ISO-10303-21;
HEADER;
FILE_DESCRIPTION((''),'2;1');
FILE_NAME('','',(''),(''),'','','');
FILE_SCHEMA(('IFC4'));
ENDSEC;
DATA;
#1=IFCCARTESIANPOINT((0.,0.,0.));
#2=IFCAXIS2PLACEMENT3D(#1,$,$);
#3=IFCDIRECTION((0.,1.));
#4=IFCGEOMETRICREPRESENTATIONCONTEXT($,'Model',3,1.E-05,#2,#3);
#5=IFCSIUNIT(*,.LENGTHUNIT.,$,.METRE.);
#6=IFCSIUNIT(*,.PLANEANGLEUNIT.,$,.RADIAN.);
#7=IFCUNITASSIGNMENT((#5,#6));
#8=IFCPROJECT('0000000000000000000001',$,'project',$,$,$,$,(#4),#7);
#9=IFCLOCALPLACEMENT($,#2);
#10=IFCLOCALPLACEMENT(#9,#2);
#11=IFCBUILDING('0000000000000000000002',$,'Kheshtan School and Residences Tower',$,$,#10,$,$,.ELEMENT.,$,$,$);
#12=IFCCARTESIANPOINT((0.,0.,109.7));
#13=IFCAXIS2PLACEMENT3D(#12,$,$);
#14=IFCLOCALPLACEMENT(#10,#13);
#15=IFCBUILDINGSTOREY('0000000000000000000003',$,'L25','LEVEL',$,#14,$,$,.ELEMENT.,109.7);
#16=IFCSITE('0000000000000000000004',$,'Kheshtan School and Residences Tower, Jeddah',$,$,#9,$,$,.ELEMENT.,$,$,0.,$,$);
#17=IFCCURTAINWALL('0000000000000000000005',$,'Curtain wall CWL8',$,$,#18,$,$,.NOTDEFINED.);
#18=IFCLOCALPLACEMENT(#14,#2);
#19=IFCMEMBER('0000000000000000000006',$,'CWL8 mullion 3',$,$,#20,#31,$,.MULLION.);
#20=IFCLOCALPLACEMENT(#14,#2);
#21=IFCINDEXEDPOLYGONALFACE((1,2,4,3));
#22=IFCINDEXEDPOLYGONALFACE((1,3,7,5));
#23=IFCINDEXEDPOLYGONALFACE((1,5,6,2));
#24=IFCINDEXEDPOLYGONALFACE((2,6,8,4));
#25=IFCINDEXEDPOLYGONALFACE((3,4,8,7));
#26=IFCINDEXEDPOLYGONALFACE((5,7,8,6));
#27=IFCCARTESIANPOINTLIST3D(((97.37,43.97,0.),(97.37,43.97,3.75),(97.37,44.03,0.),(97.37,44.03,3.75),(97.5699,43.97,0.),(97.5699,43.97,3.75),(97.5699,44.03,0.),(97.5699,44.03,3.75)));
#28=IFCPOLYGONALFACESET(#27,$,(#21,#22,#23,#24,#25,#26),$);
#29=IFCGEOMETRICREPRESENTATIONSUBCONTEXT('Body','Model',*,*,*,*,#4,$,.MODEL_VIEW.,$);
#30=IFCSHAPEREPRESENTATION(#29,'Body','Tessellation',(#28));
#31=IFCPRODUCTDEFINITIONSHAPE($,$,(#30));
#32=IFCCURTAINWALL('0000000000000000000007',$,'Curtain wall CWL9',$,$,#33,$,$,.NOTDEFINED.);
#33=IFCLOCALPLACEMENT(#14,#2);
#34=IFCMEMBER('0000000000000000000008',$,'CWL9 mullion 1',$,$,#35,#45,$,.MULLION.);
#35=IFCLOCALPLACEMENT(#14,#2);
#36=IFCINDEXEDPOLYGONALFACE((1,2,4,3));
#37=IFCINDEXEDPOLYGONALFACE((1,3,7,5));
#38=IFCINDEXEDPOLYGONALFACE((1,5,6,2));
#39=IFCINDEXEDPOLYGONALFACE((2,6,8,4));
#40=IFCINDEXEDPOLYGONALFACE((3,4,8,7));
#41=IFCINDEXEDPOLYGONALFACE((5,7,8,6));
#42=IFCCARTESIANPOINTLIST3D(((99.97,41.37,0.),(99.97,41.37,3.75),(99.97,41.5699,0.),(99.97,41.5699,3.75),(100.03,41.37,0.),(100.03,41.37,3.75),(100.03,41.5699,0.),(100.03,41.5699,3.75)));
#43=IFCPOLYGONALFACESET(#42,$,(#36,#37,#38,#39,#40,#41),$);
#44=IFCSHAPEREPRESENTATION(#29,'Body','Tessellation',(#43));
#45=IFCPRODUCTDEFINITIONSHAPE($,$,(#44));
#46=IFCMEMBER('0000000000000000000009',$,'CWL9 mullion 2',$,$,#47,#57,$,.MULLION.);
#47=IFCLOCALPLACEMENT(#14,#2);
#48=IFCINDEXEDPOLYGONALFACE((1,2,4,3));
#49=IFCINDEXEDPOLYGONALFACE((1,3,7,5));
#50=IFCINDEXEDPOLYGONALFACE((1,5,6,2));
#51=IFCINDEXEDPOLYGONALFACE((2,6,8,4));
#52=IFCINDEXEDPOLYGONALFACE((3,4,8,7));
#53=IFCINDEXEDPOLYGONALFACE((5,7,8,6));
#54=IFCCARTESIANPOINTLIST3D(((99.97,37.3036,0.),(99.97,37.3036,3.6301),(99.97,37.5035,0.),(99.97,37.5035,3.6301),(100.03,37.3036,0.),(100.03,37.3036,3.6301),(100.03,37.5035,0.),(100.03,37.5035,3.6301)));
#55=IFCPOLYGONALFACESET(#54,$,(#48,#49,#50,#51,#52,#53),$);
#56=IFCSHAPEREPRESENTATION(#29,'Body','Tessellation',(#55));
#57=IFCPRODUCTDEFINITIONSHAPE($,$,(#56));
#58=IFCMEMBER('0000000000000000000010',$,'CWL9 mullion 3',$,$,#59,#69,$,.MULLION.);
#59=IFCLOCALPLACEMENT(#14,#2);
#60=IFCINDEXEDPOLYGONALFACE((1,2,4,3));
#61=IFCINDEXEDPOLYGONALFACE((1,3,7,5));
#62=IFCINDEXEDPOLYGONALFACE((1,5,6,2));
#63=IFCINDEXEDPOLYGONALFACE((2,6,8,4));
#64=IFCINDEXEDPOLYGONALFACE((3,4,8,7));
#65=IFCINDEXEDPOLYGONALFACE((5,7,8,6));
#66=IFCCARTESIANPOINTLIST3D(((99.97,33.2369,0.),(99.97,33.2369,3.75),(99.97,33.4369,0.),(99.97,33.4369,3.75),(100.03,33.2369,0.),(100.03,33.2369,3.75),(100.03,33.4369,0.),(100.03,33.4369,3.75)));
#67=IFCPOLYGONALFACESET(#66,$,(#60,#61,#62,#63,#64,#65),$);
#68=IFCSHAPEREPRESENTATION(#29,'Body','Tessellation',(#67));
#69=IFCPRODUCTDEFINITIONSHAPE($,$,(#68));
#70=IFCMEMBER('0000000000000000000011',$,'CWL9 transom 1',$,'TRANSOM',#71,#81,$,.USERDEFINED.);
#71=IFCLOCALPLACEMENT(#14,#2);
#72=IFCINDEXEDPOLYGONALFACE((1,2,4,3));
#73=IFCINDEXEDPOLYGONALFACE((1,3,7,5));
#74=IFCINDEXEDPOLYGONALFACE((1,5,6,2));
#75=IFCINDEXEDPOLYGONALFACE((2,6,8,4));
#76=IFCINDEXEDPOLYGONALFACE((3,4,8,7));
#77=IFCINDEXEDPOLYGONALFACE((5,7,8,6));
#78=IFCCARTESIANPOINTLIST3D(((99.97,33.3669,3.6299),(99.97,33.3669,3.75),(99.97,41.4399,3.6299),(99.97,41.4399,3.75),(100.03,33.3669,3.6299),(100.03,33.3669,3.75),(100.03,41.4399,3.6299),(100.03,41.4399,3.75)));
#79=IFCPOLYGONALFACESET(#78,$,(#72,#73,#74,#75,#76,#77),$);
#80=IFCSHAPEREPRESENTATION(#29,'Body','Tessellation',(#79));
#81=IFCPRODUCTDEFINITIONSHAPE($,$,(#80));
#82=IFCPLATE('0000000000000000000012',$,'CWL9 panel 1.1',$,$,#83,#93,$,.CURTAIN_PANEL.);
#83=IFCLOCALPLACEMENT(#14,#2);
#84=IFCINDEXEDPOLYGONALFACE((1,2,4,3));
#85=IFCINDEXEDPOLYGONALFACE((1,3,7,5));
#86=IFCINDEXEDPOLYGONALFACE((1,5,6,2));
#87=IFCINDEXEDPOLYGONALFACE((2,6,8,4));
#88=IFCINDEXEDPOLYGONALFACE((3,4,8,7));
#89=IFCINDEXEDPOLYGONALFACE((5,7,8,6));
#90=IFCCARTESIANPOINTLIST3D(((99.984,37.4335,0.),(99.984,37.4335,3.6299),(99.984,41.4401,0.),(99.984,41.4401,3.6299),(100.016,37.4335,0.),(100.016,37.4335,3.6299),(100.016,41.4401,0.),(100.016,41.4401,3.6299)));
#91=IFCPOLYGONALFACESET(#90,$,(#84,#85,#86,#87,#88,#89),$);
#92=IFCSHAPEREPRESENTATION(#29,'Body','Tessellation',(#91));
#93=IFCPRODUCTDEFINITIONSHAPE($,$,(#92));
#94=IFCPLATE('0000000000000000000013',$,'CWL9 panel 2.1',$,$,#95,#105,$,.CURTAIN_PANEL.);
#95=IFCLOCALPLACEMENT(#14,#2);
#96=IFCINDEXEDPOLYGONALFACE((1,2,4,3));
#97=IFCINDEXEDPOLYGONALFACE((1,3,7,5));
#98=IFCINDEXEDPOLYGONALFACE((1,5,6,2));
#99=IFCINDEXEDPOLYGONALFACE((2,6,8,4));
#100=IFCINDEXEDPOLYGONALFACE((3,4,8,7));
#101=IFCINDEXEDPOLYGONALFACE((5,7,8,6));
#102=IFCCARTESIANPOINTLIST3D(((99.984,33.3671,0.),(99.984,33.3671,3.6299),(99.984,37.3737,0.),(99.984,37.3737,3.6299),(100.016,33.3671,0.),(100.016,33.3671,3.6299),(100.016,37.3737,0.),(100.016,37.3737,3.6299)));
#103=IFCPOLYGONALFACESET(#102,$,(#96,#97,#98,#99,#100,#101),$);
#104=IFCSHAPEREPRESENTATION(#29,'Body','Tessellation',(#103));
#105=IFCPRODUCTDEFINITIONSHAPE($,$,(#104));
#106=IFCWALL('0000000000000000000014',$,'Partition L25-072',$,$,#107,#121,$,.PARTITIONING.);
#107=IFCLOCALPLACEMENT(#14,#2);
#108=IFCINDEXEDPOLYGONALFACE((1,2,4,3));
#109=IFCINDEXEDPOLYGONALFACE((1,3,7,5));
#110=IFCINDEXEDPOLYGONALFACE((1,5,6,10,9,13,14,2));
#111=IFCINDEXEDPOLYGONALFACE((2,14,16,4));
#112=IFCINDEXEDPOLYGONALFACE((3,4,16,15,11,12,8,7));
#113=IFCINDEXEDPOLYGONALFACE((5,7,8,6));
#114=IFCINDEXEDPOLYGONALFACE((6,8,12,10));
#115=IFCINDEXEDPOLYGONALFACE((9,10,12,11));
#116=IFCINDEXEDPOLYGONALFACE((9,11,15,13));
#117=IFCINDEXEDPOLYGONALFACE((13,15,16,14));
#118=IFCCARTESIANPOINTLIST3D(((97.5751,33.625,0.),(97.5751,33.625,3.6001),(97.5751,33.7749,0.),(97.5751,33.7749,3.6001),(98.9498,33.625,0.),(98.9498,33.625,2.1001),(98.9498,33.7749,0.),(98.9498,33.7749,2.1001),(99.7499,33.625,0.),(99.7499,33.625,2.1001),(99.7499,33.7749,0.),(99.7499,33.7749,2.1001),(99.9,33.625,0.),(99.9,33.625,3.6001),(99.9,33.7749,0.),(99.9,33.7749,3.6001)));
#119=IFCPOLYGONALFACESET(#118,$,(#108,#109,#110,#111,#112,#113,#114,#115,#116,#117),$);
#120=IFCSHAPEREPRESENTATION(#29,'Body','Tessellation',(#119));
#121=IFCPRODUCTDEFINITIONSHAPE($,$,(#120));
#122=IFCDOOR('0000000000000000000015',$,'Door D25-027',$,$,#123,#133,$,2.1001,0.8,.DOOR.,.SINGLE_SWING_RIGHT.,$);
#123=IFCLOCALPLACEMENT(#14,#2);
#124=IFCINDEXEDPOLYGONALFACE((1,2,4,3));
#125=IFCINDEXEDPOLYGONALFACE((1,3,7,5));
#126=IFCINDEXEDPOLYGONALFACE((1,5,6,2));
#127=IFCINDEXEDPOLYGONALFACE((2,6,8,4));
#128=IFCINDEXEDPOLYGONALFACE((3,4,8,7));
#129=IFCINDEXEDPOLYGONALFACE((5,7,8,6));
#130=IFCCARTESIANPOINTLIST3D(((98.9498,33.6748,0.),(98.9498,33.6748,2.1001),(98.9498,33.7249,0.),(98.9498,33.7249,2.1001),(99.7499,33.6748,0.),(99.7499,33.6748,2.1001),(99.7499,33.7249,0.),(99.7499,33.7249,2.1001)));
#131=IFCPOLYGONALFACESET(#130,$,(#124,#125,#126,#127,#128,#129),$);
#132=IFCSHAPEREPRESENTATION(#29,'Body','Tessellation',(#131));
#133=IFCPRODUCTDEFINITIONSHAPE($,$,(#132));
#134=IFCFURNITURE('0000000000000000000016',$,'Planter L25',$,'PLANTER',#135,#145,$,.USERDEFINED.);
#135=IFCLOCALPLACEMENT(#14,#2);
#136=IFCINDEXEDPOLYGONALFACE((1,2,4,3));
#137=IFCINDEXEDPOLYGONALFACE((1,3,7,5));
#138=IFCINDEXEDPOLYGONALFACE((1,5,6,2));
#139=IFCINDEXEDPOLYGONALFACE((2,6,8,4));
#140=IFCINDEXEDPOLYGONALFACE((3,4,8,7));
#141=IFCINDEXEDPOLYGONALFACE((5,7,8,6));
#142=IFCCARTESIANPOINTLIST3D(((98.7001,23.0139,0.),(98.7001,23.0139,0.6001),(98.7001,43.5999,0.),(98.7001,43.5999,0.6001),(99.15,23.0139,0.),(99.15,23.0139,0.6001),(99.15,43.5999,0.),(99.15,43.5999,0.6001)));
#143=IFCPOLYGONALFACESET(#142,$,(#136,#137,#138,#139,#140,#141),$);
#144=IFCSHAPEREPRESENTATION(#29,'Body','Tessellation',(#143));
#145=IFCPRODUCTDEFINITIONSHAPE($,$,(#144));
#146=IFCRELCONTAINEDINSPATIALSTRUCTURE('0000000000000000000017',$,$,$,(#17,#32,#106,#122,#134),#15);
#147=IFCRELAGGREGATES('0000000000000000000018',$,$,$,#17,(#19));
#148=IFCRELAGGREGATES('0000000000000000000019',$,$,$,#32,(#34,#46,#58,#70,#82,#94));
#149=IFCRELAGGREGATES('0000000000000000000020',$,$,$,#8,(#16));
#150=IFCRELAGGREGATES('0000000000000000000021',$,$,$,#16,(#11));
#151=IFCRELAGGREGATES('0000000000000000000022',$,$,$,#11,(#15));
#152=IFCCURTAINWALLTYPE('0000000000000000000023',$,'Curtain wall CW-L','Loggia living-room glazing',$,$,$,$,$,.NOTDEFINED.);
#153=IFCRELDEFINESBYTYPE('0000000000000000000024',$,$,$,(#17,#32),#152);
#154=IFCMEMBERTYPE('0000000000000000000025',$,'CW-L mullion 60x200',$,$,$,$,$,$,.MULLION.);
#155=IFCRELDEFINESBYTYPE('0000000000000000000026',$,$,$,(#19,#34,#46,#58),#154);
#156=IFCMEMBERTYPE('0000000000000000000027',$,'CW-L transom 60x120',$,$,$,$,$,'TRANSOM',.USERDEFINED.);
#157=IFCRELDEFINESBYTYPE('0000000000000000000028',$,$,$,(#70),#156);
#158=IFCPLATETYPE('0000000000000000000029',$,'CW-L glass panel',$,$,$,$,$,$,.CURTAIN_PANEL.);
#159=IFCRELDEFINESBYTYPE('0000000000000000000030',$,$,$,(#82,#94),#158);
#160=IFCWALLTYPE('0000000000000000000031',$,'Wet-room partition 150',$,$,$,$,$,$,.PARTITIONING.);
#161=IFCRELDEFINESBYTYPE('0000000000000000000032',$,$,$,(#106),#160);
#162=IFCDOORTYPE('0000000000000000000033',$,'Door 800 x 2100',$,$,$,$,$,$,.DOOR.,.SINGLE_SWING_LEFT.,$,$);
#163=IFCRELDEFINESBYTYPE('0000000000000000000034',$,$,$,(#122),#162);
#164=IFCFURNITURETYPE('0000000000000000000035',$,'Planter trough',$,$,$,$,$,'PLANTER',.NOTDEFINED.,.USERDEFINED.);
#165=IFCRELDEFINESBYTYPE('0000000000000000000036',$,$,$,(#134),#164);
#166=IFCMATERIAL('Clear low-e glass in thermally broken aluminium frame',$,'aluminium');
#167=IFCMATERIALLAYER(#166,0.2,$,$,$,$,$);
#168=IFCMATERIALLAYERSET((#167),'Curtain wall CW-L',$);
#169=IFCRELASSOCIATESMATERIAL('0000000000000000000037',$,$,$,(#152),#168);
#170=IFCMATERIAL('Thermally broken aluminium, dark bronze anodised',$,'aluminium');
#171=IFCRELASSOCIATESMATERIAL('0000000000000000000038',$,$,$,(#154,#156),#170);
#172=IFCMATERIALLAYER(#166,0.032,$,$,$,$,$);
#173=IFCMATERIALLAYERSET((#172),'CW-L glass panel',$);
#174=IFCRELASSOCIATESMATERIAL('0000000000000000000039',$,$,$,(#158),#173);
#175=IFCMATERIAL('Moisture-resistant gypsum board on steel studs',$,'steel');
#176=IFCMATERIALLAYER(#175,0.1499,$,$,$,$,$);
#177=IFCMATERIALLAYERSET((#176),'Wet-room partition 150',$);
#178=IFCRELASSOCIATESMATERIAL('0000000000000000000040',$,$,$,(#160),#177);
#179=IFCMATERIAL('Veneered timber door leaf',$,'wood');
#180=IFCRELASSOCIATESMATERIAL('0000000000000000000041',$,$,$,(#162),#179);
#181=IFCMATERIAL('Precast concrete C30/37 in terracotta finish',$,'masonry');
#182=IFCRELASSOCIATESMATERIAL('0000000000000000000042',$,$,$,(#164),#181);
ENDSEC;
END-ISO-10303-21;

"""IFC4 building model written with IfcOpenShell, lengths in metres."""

from ifc_helpers import new_model, si_unit, direction, frame, frame_2d, origin, origin_2d, place, context, subcontext, project, spatial, rectangle, extrude, source, transform, mapped, material, layer, layer_set, material_profile, profile_set, type_object, element, fill, aggregate, save


model = new_model("IFC4")

# Units and contexts
model_context = context("Model", 3, precision=1e-05, world=origin(), true_north=direction((0.0, 1.0)))
body_context = subcontext(model_context, "Body", "Model", "MODEL_VIEW")
ifc_project = project(units=[si_unit("LENGTHUNIT", "METRE"), si_unit("PLANEANGLEUNIT", "RADIAN")], contexts=[model_context])

# Site, building, storey
site_placement = place(None, origin())
site = spatial("IfcSite", under=ifc_project, at=site_placement, Name="Kheshtan School and Residences Tower, Jeddah", CompositionType="ELEMENT", RefElevation=0.0)
building_placement = place(site_placement, origin())
building = spatial("IfcBuilding", under=site, at=building_placement, Name="Kheshtan School and Residences Tower", CompositionType="ELEMENT")
storey_placement = place(building_placement, frame((0.0, 0.0, 109.7)))
storey = spatial("IfcBuildingStorey", under=building, at=storey_placement, Name="L25", Description="LEVEL", CompositionType="ELEMENT", Elevation=109.7)

# Curtain wall, member
ifc_material_1 = material(Name="Clear low-e glass in thermally broken aluminium frame", Category="aluminium")
ifc_layer_1 = layer(ifc_material_1, 0.2)
ifc_layer_set_1 = layer_set([ifc_layer_1], Name="Curtain wall CW-L")
curtain_wall_type = type_object("IfcCurtainWallType", Name="Curtain wall CW-L", Description="Loggia living-room glazing", PredefinedType="NOTDEFINED", material=ifc_layer_set_1)
curtain_wall_1_placement = place(storey_placement, origin())
curtain_wall_1 = element("IfcCurtainWall", 1, at=curtain_wall_1_placement, inside=storey, type_object=curtain_wall_type, Name="Curtain wall CWL8", PredefinedType="NOTDEFINED")
ifc_material_2 = material(Name="Thermally broken aluminium, dark bronze anodised", Category="aluminium")
ifc_material_profile_1 = material_profile(ifc_material_2, rectangle(XDim=0.0601, YDim=0.2, at=origin_2d()), Name="CW-L mullion 60x200")
ifc_profile_set_1 = profile_set([ifc_material_profile_1], Name="Thermally broken aluminium, dark bronze anodised")
member_type_1 = type_object("IfcMemberType", Name="CW-L mullion 60x200", PredefinedType="MULLION", material=ifc_profile_set_1)
member_1_placement = place(storey_placement, frame((97.47, 44.0, 0.0), z_axis=(0.0, 0.0, 1.0), x_axis=(0.0, 1.0, 0.0)))
member_1 = element("IfcMember", 2, at=member_1_placement, type_object=member_type_1, Name="CWL8 mullion 3", PredefinedType="MULLION", context=body_context, shape_type="SweptSolid", body=[
    extrude(rectangle(XDim=0.0601, YDim=0.2, at=origin_2d()), origin(), (0.0, 0.0, 1.0), 3.75),
])
aggregate(curtain_wall_1, [member_1])

# Curtain wall, members, plates
curtain_wall_2_placement = place(storey_placement, origin())
curtain_wall_2 = element("IfcCurtainWall", 3, at=curtain_wall_2_placement, inside=storey, type_object=curtain_wall_type, Name="Curtain wall CWL9", PredefinedType="NOTDEFINED")
member_2_placement = place(storey_placement, frame((100.0, 41.47, 0.0), z_axis=(0.0, 0.0, 1.0), x_axis=(1.0, 0.0, 0.0)))
member_2 = element("IfcMember", 4, at=member_2_placement, type_object=member_type_1, Name="CWL9 mullion 1", PredefinedType="MULLION", context=body_context, shape_type="SweptSolid", body=[
    extrude(rectangle(XDim=0.0601, YDim=0.2, at=origin_2d()), origin(), (0.0, 0.0, 1.0), 3.75),
])
member_3_placement = place(storey_placement, frame((100.0, 37.4036, 0.0), z_axis=(0.0, 0.0, 1.0), x_axis=(1.0, 0.0, 0.0)))
member_3 = element("IfcMember", 5, at=member_3_placement, type_object=member_type_1, Name="CWL9 mullion 2", PredefinedType="MULLION", context=body_context, shape_type="SweptSolid", body=[
    extrude(rectangle(XDim=0.0601, YDim=0.2, at=origin_2d()), origin(), (0.0, 0.0, 1.0), 3.6301),
])
member_4_placement = place(storey_placement, frame((100.0, 33.3369, 0.0), z_axis=(0.0, 0.0, 1.0), x_axis=(1.0, 0.0, 0.0)))
member_4 = element("IfcMember", 6, at=member_4_placement, type_object=member_type_1, Name="CWL9 mullion 3", PredefinedType="MULLION", context=body_context, shape_type="SweptSolid", body=[
    extrude(rectangle(XDim=0.0601, YDim=0.2, at=origin_2d()), origin(), (0.0, 0.0, 1.0), 3.75),
])
ifc_material_profile_2 = material_profile(ifc_material_2, rectangle(XDim=0.0601, YDim=0.1201, at=origin_2d()), Name="CW-L transom 60x120")
ifc_profile_set_2 = profile_set([ifc_material_profile_2], Name="Thermally broken aluminium, dark bronze anodised")
member_type_2 = type_object("IfcMemberType", Name="CW-L transom 60x120", ElementType="TRANSOM", PredefinedType="USERDEFINED", material=ifc_profile_set_2)
member_5_placement = place(storey_placement, frame((100.0, 41.4399, 3.6899), z_axis=(0.0, -1.0, 0.0), x_axis=(1.0, 0.0, 0.0)))
member_5 = element("IfcMember", 7, at=member_5_placement, type_object=member_type_2, Name="CWL9 transom 1", ObjectType="TRANSOM", PredefinedType="USERDEFINED", context=body_context, shape_type="SweptSolid", body=[
    extrude(rectangle(XDim=0.0601, YDim=0.1201, at=origin_2d()), origin(), (0.0, 0.0, 1.0), 8.073),
])
ifc_layer_2 = layer(ifc_material_1, 0.032)
ifc_layer_set_2 = layer_set([ifc_layer_2], Name="CW-L glass panel")
plate_type = type_object("IfcPlateType", Name="CW-L glass panel", PredefinedType="CURTAIN_PANEL", material=ifc_layer_set_2)
plate_1_placement = place(storey_placement, frame((100.0, 39.4368, 0.0), z_axis=(0.0, 0.0, 1.0), x_axis=(0.0, -1.0, 0.0)))
plate_1 = element("IfcPlate", 8, at=plate_1_placement, type_object=plate_type, Name="CWL9 panel 1.1", PredefinedType="CURTAIN_PANEL", context=body_context, shape_type="SweptSolid", body=[
    extrude(rectangle(XDim=4.0066, YDim=0.032, at=origin_2d()), origin(), (0.0, 0.0, 1.0), 3.6299),
])
plate_2_placement = place(storey_placement, frame((100.0, 35.3704, 0.0), z_axis=(0.0, 0.0, 1.0), x_axis=(0.0, -1.0, 0.0)))
plate_2 = element("IfcPlate", 9, at=plate_2_placement, type_object=plate_type, Name="CWL9 panel 2.1", PredefinedType="CURTAIN_PANEL", context=body_context, shape_type="SweptSolid", body=[
    extrude(rectangle(XDim=4.0066, YDim=0.032, at=origin_2d()), origin(), (0.0, 0.0, 1.0), 3.6299),
])
aggregate(curtain_wall_2, [member_2, member_3, member_4, member_5, plate_1, plate_2])

# Wall, opening, door
ifc_material_3 = material(Name="Moisture-resistant gypsum board on steel studs", Category="steel")
ifc_layer_3 = layer(ifc_material_3, 0.1499)
ifc_layer_set_3 = layer_set([ifc_layer_3], Name="Wet-room partition 150")
wall_type_1 = type_object("IfcWallType", Name="Wet-room partition 150", PredefinedType="PARTITIONING", material=ifc_layer_set_3)
wall_1_placement = place(storey_placement, frame((97.575, 33.7, 0.0), z_axis=(0.0, 0.0, 1.0), x_axis=(1.0, 0.0, 0.0)))
wall_1 = element("IfcWall", 10, at=wall_1_placement, inside=storey, type_object=wall_type_1, Name="Partition L25-072", PredefinedType="PARTITIONING", context=body_context, shape_type="SweptSolid", body=[
    extrude(rectangle(XDim=2.325, YDim=0.1499, at=frame_2d((1.1626, 0.0))), origin(), (0.0, 0.0, 1.0), 3.6001),
])
opening_1_placement = place(wall_1_placement, frame((1.375, 0.0, 0.0)))
opening_1 = element("IfcOpeningElement", 11, at=opening_1_placement, cuts=wall_1, PredefinedType="OPENING", context=body_context, shape_type="SweptSolid", body=[
    extrude(rectangle(XDim=0.8, YDim=2.1001, at=frame_2d((0.3999, 1.05))), frame((0.0, 0.085, 0.0), z_axis=(0.0, -1.0, 0.0), x_axis=(1.0, 0.0, 0.0)), (0.0, 0.0, 1.0), 0.1699),
])
ifc_material_4 = material(Name="Veneered timber door leaf", Category="wood")
door_type_1 = type_object("IfcDoorType", Name="Door 800 x 2100", OperationType="SINGLE_SWING_LEFT", PredefinedType="DOOR", material=ifc_material_4)
shared_shape_1 = source(origin(), body_context, "Body", "SweptSolid", [
    extrude(rectangle(XDim=0.8, YDim=2.1001, at=frame_2d((0.3999, 1.05))), frame((0.0, 0.0249, 0.0), z_axis=(0.0, -1.0, 0.0), x_axis=(1.0, 0.0, 0.0)), (0.0, 0.0, 1.0), 0.05),
])
door_1_placement = place(opening_1_placement, origin())
door_1 = element("IfcDoor", 12, at=door_1_placement, inside=storey, type_object=door_type_1, Name="Door D25-027", OperationType="SINGLE_SWING_RIGHT", OverallHeight=2.1001, OverallWidth=0.8, PredefinedType="DOOR", context=body_context, shape_type="MappedRepresentation", body=[
    mapped(shared_shape_1, transform((0.0, 0.0, 0.0), x_axis=(1.0, 0.0, 0.0), y_axis=(0.0, 1.0, 0.0), z_axis=(0.0, 0.0, 1.0), scale=1.0)),
])
fill(opening_1, door_1)

# Furniture
ifc_material_5 = material(Name="Precast concrete C30/37 in terracotta finish", Category="masonry")
furniture_type = type_object("IfcFurnitureType", Name="Planter trough", ElementType="PLANTER", AssemblyPlace="NOTDEFINED", PredefinedType="USERDEFINED", material=ifc_material_5)
furniture_placement = place(storey_placement, frame((98.925, 33.3069, 0.0), z_axis=(0.0, 0.0, 1.0), x_axis=(0.0, -1.0, 0.0)))
element("IfcFurniture", 13, at=furniture_placement, inside=storey, type_object=furniture_type, Name="Planter L25", ObjectType="PLANTER", PredefinedType="USERDEFINED", context=body_context, shape_type="SweptSolid", body=[
    extrude(rectangle(XDim=20.5859, YDim=0.45, at=origin_2d()), origin(), (0.0, 0.0, 1.0), 0.6001),
])

save(model, "model.ifc")
